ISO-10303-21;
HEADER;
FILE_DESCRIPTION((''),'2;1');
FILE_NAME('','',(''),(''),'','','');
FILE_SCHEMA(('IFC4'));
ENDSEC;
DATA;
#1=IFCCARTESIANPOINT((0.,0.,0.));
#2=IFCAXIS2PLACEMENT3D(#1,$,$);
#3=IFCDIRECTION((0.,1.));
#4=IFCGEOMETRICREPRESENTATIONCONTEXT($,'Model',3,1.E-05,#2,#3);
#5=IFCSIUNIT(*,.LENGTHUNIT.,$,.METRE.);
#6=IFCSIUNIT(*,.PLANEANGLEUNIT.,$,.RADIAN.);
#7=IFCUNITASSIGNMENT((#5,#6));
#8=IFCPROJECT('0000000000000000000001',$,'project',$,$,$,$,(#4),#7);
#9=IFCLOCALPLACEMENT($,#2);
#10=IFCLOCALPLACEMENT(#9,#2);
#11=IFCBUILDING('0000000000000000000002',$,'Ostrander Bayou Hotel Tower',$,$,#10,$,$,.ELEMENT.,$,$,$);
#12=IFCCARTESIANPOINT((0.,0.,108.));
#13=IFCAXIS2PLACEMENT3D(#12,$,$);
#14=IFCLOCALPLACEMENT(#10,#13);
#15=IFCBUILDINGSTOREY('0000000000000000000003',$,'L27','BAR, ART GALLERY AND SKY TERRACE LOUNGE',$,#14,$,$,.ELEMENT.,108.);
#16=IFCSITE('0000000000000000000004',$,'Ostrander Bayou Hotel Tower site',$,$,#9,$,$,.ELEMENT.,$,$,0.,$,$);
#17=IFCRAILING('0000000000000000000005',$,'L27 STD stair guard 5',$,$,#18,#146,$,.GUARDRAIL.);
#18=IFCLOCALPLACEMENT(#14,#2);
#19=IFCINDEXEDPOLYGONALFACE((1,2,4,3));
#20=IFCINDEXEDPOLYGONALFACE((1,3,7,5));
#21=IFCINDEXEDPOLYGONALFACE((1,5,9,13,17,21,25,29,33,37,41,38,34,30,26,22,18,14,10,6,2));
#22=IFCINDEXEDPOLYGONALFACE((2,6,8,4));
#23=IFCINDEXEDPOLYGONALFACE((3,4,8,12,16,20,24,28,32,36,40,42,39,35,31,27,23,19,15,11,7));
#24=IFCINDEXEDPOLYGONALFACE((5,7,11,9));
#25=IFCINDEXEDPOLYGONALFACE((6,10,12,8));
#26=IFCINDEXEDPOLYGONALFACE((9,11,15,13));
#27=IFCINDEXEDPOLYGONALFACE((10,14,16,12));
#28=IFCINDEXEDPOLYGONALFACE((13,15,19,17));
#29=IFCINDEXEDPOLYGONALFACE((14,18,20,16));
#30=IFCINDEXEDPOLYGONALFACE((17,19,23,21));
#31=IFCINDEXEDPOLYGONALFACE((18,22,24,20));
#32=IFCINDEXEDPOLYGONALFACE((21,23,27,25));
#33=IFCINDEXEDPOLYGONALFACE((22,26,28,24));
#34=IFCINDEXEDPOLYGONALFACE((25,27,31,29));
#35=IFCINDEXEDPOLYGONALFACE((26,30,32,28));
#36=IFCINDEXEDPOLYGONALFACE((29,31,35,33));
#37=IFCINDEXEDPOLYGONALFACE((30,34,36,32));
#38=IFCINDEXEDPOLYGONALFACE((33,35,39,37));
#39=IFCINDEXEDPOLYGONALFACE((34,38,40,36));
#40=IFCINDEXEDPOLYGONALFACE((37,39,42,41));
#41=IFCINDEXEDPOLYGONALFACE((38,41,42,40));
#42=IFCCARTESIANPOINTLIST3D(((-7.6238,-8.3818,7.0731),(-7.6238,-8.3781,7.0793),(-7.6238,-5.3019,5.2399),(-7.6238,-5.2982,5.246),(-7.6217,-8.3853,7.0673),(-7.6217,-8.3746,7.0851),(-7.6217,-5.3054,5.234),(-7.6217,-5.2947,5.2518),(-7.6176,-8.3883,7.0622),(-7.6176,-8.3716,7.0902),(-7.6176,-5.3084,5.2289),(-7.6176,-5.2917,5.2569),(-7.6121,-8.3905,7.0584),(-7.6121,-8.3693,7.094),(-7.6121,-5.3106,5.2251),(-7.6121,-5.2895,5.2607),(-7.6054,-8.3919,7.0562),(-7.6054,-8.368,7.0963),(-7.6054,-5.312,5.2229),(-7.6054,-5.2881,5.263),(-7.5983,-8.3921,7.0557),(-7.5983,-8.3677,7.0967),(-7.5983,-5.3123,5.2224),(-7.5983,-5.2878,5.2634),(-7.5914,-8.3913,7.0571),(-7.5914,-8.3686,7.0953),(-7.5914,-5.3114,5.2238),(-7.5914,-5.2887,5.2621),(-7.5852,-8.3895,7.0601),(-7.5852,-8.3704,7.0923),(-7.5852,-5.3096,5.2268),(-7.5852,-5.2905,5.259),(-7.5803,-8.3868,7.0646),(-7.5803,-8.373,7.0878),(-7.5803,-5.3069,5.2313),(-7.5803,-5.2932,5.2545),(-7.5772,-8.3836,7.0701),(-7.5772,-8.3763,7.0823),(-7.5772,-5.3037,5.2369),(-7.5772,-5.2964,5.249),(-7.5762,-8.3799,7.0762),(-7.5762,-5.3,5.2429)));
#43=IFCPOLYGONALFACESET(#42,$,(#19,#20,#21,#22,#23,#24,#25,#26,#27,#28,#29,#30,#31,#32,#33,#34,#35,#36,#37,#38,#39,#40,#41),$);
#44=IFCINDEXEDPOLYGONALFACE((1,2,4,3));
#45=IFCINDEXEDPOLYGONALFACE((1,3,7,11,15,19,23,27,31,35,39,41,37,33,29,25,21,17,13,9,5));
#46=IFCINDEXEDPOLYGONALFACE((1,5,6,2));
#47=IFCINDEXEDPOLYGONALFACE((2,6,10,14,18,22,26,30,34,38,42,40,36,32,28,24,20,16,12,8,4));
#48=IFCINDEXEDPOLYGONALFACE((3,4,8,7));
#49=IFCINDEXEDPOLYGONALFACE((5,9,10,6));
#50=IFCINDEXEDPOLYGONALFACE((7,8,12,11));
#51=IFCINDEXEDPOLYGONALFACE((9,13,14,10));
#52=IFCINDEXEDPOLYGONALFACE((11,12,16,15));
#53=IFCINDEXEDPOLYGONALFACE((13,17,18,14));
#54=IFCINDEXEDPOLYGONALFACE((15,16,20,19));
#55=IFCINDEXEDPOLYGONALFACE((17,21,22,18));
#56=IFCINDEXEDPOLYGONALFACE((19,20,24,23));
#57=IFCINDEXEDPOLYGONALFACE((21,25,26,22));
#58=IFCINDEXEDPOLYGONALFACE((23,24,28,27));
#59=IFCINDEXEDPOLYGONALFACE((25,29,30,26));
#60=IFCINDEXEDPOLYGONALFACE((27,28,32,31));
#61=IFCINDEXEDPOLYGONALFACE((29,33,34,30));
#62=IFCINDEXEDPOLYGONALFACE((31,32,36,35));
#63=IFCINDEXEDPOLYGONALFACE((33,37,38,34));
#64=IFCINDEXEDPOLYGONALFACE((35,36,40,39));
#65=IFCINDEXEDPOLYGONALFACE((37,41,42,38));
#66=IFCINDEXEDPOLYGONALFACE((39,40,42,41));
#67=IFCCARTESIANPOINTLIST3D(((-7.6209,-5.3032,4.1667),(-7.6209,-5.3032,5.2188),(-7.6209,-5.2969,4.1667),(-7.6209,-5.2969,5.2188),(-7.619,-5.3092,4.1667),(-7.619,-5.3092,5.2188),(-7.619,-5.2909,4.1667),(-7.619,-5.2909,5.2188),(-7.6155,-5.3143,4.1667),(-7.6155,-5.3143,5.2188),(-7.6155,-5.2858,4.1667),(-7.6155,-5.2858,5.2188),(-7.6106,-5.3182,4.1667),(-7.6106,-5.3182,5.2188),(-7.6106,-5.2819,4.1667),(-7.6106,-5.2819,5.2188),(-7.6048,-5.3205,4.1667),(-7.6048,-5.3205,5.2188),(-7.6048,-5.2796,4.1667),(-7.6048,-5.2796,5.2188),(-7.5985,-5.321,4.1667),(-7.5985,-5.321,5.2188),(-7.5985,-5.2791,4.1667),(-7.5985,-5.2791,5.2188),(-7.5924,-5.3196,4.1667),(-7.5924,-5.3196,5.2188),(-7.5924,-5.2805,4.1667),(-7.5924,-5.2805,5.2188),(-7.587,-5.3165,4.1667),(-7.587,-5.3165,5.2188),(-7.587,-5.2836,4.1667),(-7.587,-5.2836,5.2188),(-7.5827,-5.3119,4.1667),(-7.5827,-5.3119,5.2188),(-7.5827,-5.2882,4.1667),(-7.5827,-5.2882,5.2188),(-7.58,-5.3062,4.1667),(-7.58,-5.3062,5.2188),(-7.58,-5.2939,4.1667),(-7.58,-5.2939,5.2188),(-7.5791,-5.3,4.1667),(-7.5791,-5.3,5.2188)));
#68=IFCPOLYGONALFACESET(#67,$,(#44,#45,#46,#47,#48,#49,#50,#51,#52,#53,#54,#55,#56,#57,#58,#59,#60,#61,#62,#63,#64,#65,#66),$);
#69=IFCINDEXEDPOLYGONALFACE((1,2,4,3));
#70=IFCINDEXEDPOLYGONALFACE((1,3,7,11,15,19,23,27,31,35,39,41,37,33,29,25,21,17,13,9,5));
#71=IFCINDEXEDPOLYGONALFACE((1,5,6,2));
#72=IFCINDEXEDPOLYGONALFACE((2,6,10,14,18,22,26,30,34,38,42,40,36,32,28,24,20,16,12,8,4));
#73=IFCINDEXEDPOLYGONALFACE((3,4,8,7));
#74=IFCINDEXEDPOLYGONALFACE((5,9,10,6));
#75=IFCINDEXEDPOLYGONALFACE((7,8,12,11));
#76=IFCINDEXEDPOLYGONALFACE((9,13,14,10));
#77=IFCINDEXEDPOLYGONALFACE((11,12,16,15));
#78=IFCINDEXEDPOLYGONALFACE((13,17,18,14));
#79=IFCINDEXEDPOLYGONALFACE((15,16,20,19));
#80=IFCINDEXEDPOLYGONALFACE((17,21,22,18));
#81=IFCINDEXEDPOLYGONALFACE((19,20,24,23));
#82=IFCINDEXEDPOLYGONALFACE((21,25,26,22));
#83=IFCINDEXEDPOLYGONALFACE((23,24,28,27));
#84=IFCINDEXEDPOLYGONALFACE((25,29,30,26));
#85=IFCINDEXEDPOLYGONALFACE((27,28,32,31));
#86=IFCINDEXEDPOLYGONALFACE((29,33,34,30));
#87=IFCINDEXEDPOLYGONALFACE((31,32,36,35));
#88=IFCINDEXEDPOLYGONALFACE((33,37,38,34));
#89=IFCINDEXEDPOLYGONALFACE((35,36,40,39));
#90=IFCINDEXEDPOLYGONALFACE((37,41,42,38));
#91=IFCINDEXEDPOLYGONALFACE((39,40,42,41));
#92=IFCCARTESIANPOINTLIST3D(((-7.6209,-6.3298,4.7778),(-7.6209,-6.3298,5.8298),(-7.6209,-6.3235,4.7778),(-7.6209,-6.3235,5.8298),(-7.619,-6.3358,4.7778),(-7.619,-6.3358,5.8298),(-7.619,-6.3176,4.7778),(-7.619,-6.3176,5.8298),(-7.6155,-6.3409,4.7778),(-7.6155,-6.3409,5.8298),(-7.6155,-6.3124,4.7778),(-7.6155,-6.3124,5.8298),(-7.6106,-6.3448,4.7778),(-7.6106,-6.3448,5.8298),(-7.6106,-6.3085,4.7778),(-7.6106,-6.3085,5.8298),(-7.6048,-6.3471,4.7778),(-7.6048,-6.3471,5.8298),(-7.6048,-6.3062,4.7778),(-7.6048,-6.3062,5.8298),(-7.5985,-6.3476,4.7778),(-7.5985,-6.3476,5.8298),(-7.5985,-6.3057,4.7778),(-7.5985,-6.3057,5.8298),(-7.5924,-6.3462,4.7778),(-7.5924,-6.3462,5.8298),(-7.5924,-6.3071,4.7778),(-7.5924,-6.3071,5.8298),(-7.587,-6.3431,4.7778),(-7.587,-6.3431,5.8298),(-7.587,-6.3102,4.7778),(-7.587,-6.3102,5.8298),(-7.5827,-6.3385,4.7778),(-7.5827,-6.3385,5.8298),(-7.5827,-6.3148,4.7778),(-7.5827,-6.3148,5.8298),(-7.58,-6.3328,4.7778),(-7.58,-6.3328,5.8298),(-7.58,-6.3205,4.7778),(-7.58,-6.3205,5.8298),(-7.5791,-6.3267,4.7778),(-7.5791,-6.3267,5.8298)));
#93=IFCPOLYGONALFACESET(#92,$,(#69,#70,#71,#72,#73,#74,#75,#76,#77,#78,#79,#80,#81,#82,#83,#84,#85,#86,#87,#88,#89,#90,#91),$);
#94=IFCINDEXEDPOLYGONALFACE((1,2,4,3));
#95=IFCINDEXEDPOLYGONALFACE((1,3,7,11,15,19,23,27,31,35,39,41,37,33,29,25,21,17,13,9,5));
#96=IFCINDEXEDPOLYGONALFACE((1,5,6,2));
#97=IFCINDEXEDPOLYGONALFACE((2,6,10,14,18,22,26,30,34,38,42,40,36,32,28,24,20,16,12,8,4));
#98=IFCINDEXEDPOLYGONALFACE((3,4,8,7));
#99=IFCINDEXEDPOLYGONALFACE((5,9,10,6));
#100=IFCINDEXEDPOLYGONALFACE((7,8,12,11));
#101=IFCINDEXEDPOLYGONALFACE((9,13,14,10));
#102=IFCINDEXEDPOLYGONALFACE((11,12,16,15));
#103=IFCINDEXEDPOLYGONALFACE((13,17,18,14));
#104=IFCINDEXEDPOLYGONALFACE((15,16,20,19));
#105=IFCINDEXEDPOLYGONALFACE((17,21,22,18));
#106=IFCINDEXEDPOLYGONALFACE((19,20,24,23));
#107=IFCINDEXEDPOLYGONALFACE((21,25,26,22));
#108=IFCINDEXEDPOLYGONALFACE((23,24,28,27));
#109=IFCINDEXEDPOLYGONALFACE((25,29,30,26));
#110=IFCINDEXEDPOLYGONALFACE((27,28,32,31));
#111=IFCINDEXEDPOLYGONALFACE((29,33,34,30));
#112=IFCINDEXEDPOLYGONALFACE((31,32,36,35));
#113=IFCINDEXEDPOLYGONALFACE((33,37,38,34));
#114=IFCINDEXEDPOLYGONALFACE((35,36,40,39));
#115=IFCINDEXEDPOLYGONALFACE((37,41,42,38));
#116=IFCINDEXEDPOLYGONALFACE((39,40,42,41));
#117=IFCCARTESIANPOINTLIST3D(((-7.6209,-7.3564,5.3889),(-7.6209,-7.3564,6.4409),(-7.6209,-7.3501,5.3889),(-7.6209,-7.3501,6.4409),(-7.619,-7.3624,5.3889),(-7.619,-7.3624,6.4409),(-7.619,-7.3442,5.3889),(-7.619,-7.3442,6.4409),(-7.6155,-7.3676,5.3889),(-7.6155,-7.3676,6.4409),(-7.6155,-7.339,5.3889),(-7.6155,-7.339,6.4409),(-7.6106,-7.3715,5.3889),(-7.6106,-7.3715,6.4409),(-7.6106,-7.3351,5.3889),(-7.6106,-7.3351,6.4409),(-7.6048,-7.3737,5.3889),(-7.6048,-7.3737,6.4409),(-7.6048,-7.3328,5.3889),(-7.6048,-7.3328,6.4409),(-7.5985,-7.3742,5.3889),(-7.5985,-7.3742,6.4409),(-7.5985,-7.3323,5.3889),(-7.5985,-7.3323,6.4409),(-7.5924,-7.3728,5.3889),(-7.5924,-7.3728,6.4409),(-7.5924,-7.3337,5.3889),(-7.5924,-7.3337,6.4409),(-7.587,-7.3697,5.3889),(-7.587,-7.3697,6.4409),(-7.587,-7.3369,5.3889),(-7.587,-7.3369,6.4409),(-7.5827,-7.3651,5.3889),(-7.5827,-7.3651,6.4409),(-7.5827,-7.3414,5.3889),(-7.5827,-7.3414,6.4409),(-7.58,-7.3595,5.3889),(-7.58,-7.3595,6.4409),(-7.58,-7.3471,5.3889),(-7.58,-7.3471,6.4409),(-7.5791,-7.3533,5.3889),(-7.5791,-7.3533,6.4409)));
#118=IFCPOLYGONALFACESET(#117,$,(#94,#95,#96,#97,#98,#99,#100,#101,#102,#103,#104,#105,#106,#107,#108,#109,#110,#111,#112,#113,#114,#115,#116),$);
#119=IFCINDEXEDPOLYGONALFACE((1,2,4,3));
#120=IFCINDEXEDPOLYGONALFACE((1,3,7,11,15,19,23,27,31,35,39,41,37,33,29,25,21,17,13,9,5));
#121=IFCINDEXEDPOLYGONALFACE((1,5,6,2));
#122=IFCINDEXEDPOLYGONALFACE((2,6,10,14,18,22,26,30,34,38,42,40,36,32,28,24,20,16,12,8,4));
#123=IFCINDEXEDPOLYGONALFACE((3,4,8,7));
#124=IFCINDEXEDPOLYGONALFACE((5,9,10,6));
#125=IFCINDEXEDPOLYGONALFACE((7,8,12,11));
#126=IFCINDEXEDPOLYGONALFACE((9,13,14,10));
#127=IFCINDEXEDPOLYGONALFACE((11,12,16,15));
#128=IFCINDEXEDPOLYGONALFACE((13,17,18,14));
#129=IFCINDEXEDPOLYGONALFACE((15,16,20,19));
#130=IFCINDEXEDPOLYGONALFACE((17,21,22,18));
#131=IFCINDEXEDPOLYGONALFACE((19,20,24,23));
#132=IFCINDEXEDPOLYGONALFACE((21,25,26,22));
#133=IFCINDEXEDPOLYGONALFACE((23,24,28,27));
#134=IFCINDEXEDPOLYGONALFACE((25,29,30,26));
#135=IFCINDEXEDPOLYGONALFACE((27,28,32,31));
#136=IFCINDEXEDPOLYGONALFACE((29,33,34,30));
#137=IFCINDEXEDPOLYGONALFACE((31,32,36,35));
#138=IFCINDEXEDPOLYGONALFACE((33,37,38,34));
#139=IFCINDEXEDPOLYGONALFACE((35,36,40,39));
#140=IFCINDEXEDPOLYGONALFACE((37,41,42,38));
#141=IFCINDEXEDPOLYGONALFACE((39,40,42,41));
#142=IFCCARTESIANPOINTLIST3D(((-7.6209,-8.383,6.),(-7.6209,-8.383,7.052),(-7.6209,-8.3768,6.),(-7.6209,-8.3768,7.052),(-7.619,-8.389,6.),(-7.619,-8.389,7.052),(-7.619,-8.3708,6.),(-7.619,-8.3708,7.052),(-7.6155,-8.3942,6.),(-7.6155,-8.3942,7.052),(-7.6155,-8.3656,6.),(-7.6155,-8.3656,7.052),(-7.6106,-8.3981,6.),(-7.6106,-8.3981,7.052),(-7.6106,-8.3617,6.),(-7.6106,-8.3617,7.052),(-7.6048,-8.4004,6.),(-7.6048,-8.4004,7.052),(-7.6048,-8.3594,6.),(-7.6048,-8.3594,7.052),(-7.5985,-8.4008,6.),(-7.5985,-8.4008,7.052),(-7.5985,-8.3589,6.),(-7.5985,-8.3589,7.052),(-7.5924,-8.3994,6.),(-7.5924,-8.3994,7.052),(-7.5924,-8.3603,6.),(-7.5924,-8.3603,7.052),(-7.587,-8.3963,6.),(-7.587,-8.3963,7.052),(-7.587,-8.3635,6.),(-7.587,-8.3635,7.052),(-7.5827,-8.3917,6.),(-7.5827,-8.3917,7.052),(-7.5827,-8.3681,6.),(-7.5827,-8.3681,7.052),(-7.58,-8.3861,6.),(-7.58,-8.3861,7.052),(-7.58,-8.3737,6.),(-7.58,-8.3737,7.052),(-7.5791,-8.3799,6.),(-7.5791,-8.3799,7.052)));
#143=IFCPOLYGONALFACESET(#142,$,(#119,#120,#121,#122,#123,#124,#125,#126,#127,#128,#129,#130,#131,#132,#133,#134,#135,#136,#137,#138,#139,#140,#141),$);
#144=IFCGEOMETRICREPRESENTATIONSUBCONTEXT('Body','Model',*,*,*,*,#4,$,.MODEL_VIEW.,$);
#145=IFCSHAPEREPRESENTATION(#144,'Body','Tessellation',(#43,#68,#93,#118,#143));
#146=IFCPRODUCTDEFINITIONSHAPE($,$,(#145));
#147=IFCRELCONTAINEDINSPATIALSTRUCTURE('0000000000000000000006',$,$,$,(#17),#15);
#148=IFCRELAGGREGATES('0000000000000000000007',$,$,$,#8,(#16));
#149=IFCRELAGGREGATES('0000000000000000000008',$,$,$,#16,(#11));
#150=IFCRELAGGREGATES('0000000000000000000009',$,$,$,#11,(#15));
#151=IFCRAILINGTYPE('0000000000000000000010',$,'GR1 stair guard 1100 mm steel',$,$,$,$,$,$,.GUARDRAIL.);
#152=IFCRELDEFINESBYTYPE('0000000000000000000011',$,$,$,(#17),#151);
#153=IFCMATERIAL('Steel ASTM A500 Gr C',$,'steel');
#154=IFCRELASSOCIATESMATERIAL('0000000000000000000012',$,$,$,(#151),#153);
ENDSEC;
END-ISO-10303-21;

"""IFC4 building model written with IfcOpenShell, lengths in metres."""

from ifc_helpers import new_model, si_unit, direction, frame, origin, origin_2d, place, context, subcontext, project, spatial, circle, extrude, material, type_object, element, save


model = new_model("IFC4")

# Units and contexts
model_context = context("Model", 3, precision=1e-05, world=origin(), true_north=direction((0.0, 1.0)))
body_context = subcontext(model_context, "Body", "Model", "MODEL_VIEW")
ifc_project = project(units=[si_unit("LENGTHUNIT", "METRE"), si_unit("PLANEANGLEUNIT", "RADIAN")], contexts=[model_context])

# Site, building, storey
site_placement = place(None, origin())
site = spatial("IfcSite", under=ifc_project, at=site_placement, Name="Ostrander Bayou Hotel Tower site", CompositionType="ELEMENT", RefElevation=0.0)
building_placement = place(site_placement, origin())
building = spatial("IfcBuilding", under=site, at=building_placement, Name="Ostrander Bayou Hotel Tower", CompositionType="ELEMENT")
storey_placement = place(building_placement, frame((0.0, 0.0, 108.0)))
storey = spatial("IfcBuildingStorey", under=building, at=storey_placement, Name="L27", Description="BAR, ART GALLERY AND SKY TERRACE LOUNGE", CompositionType="ELEMENT", Elevation=108.0)

# Railing
ifc_material_1 = material(Name="Steel ASTM A500 Gr C", Category="steel")
railing_type_1 = type_object("IfcRailingType", Name="GR1 stair guard 1100 mm steel", PredefinedType="GUARDRAIL", material=ifc_material_1)
railing_1_placement = place(storey_placement, frame((-7.6001, -5.3, 4.1667)))
element("IfcRailing", 1, at=railing_1_placement, inside=storey, type_object=railing_type_1, Name="L27 STD stair guard 5", PredefinedType="GUARDRAIL", context=body_context, shape_type="SweptSolid", body=[
    extrude(circle(Radius=0.0239, at=origin_2d()), frame((0.0, 0.0, 1.0762), z_axis=(0.0, -0.859291, 0.511487), x_axis=(1.0, 0.0, 0.0)), (0.0, 0.0, 1.0), 3.5842),
    extrude(circle(Radius=0.021, at=origin_2d()), origin(), (0.0, 0.0, 1.0), 1.052),
    extrude(circle(Radius=0.021, at=origin_2d()), frame((0.0, -1.0266, 0.6111)), (0.0, 0.0, 1.0), 1.052),
    extrude(circle(Radius=0.021, at=origin_2d()), frame((0.0, -2.0532, 1.2222)), (0.0, 0.0, 1.0), 1.052),
    extrude(circle(Radius=0.021, at=origin_2d()), frame((0.0, -3.0798, 1.8333)), (0.0, 0.0, 1.0), 1.052),
])

save(model, "model.ifc")
